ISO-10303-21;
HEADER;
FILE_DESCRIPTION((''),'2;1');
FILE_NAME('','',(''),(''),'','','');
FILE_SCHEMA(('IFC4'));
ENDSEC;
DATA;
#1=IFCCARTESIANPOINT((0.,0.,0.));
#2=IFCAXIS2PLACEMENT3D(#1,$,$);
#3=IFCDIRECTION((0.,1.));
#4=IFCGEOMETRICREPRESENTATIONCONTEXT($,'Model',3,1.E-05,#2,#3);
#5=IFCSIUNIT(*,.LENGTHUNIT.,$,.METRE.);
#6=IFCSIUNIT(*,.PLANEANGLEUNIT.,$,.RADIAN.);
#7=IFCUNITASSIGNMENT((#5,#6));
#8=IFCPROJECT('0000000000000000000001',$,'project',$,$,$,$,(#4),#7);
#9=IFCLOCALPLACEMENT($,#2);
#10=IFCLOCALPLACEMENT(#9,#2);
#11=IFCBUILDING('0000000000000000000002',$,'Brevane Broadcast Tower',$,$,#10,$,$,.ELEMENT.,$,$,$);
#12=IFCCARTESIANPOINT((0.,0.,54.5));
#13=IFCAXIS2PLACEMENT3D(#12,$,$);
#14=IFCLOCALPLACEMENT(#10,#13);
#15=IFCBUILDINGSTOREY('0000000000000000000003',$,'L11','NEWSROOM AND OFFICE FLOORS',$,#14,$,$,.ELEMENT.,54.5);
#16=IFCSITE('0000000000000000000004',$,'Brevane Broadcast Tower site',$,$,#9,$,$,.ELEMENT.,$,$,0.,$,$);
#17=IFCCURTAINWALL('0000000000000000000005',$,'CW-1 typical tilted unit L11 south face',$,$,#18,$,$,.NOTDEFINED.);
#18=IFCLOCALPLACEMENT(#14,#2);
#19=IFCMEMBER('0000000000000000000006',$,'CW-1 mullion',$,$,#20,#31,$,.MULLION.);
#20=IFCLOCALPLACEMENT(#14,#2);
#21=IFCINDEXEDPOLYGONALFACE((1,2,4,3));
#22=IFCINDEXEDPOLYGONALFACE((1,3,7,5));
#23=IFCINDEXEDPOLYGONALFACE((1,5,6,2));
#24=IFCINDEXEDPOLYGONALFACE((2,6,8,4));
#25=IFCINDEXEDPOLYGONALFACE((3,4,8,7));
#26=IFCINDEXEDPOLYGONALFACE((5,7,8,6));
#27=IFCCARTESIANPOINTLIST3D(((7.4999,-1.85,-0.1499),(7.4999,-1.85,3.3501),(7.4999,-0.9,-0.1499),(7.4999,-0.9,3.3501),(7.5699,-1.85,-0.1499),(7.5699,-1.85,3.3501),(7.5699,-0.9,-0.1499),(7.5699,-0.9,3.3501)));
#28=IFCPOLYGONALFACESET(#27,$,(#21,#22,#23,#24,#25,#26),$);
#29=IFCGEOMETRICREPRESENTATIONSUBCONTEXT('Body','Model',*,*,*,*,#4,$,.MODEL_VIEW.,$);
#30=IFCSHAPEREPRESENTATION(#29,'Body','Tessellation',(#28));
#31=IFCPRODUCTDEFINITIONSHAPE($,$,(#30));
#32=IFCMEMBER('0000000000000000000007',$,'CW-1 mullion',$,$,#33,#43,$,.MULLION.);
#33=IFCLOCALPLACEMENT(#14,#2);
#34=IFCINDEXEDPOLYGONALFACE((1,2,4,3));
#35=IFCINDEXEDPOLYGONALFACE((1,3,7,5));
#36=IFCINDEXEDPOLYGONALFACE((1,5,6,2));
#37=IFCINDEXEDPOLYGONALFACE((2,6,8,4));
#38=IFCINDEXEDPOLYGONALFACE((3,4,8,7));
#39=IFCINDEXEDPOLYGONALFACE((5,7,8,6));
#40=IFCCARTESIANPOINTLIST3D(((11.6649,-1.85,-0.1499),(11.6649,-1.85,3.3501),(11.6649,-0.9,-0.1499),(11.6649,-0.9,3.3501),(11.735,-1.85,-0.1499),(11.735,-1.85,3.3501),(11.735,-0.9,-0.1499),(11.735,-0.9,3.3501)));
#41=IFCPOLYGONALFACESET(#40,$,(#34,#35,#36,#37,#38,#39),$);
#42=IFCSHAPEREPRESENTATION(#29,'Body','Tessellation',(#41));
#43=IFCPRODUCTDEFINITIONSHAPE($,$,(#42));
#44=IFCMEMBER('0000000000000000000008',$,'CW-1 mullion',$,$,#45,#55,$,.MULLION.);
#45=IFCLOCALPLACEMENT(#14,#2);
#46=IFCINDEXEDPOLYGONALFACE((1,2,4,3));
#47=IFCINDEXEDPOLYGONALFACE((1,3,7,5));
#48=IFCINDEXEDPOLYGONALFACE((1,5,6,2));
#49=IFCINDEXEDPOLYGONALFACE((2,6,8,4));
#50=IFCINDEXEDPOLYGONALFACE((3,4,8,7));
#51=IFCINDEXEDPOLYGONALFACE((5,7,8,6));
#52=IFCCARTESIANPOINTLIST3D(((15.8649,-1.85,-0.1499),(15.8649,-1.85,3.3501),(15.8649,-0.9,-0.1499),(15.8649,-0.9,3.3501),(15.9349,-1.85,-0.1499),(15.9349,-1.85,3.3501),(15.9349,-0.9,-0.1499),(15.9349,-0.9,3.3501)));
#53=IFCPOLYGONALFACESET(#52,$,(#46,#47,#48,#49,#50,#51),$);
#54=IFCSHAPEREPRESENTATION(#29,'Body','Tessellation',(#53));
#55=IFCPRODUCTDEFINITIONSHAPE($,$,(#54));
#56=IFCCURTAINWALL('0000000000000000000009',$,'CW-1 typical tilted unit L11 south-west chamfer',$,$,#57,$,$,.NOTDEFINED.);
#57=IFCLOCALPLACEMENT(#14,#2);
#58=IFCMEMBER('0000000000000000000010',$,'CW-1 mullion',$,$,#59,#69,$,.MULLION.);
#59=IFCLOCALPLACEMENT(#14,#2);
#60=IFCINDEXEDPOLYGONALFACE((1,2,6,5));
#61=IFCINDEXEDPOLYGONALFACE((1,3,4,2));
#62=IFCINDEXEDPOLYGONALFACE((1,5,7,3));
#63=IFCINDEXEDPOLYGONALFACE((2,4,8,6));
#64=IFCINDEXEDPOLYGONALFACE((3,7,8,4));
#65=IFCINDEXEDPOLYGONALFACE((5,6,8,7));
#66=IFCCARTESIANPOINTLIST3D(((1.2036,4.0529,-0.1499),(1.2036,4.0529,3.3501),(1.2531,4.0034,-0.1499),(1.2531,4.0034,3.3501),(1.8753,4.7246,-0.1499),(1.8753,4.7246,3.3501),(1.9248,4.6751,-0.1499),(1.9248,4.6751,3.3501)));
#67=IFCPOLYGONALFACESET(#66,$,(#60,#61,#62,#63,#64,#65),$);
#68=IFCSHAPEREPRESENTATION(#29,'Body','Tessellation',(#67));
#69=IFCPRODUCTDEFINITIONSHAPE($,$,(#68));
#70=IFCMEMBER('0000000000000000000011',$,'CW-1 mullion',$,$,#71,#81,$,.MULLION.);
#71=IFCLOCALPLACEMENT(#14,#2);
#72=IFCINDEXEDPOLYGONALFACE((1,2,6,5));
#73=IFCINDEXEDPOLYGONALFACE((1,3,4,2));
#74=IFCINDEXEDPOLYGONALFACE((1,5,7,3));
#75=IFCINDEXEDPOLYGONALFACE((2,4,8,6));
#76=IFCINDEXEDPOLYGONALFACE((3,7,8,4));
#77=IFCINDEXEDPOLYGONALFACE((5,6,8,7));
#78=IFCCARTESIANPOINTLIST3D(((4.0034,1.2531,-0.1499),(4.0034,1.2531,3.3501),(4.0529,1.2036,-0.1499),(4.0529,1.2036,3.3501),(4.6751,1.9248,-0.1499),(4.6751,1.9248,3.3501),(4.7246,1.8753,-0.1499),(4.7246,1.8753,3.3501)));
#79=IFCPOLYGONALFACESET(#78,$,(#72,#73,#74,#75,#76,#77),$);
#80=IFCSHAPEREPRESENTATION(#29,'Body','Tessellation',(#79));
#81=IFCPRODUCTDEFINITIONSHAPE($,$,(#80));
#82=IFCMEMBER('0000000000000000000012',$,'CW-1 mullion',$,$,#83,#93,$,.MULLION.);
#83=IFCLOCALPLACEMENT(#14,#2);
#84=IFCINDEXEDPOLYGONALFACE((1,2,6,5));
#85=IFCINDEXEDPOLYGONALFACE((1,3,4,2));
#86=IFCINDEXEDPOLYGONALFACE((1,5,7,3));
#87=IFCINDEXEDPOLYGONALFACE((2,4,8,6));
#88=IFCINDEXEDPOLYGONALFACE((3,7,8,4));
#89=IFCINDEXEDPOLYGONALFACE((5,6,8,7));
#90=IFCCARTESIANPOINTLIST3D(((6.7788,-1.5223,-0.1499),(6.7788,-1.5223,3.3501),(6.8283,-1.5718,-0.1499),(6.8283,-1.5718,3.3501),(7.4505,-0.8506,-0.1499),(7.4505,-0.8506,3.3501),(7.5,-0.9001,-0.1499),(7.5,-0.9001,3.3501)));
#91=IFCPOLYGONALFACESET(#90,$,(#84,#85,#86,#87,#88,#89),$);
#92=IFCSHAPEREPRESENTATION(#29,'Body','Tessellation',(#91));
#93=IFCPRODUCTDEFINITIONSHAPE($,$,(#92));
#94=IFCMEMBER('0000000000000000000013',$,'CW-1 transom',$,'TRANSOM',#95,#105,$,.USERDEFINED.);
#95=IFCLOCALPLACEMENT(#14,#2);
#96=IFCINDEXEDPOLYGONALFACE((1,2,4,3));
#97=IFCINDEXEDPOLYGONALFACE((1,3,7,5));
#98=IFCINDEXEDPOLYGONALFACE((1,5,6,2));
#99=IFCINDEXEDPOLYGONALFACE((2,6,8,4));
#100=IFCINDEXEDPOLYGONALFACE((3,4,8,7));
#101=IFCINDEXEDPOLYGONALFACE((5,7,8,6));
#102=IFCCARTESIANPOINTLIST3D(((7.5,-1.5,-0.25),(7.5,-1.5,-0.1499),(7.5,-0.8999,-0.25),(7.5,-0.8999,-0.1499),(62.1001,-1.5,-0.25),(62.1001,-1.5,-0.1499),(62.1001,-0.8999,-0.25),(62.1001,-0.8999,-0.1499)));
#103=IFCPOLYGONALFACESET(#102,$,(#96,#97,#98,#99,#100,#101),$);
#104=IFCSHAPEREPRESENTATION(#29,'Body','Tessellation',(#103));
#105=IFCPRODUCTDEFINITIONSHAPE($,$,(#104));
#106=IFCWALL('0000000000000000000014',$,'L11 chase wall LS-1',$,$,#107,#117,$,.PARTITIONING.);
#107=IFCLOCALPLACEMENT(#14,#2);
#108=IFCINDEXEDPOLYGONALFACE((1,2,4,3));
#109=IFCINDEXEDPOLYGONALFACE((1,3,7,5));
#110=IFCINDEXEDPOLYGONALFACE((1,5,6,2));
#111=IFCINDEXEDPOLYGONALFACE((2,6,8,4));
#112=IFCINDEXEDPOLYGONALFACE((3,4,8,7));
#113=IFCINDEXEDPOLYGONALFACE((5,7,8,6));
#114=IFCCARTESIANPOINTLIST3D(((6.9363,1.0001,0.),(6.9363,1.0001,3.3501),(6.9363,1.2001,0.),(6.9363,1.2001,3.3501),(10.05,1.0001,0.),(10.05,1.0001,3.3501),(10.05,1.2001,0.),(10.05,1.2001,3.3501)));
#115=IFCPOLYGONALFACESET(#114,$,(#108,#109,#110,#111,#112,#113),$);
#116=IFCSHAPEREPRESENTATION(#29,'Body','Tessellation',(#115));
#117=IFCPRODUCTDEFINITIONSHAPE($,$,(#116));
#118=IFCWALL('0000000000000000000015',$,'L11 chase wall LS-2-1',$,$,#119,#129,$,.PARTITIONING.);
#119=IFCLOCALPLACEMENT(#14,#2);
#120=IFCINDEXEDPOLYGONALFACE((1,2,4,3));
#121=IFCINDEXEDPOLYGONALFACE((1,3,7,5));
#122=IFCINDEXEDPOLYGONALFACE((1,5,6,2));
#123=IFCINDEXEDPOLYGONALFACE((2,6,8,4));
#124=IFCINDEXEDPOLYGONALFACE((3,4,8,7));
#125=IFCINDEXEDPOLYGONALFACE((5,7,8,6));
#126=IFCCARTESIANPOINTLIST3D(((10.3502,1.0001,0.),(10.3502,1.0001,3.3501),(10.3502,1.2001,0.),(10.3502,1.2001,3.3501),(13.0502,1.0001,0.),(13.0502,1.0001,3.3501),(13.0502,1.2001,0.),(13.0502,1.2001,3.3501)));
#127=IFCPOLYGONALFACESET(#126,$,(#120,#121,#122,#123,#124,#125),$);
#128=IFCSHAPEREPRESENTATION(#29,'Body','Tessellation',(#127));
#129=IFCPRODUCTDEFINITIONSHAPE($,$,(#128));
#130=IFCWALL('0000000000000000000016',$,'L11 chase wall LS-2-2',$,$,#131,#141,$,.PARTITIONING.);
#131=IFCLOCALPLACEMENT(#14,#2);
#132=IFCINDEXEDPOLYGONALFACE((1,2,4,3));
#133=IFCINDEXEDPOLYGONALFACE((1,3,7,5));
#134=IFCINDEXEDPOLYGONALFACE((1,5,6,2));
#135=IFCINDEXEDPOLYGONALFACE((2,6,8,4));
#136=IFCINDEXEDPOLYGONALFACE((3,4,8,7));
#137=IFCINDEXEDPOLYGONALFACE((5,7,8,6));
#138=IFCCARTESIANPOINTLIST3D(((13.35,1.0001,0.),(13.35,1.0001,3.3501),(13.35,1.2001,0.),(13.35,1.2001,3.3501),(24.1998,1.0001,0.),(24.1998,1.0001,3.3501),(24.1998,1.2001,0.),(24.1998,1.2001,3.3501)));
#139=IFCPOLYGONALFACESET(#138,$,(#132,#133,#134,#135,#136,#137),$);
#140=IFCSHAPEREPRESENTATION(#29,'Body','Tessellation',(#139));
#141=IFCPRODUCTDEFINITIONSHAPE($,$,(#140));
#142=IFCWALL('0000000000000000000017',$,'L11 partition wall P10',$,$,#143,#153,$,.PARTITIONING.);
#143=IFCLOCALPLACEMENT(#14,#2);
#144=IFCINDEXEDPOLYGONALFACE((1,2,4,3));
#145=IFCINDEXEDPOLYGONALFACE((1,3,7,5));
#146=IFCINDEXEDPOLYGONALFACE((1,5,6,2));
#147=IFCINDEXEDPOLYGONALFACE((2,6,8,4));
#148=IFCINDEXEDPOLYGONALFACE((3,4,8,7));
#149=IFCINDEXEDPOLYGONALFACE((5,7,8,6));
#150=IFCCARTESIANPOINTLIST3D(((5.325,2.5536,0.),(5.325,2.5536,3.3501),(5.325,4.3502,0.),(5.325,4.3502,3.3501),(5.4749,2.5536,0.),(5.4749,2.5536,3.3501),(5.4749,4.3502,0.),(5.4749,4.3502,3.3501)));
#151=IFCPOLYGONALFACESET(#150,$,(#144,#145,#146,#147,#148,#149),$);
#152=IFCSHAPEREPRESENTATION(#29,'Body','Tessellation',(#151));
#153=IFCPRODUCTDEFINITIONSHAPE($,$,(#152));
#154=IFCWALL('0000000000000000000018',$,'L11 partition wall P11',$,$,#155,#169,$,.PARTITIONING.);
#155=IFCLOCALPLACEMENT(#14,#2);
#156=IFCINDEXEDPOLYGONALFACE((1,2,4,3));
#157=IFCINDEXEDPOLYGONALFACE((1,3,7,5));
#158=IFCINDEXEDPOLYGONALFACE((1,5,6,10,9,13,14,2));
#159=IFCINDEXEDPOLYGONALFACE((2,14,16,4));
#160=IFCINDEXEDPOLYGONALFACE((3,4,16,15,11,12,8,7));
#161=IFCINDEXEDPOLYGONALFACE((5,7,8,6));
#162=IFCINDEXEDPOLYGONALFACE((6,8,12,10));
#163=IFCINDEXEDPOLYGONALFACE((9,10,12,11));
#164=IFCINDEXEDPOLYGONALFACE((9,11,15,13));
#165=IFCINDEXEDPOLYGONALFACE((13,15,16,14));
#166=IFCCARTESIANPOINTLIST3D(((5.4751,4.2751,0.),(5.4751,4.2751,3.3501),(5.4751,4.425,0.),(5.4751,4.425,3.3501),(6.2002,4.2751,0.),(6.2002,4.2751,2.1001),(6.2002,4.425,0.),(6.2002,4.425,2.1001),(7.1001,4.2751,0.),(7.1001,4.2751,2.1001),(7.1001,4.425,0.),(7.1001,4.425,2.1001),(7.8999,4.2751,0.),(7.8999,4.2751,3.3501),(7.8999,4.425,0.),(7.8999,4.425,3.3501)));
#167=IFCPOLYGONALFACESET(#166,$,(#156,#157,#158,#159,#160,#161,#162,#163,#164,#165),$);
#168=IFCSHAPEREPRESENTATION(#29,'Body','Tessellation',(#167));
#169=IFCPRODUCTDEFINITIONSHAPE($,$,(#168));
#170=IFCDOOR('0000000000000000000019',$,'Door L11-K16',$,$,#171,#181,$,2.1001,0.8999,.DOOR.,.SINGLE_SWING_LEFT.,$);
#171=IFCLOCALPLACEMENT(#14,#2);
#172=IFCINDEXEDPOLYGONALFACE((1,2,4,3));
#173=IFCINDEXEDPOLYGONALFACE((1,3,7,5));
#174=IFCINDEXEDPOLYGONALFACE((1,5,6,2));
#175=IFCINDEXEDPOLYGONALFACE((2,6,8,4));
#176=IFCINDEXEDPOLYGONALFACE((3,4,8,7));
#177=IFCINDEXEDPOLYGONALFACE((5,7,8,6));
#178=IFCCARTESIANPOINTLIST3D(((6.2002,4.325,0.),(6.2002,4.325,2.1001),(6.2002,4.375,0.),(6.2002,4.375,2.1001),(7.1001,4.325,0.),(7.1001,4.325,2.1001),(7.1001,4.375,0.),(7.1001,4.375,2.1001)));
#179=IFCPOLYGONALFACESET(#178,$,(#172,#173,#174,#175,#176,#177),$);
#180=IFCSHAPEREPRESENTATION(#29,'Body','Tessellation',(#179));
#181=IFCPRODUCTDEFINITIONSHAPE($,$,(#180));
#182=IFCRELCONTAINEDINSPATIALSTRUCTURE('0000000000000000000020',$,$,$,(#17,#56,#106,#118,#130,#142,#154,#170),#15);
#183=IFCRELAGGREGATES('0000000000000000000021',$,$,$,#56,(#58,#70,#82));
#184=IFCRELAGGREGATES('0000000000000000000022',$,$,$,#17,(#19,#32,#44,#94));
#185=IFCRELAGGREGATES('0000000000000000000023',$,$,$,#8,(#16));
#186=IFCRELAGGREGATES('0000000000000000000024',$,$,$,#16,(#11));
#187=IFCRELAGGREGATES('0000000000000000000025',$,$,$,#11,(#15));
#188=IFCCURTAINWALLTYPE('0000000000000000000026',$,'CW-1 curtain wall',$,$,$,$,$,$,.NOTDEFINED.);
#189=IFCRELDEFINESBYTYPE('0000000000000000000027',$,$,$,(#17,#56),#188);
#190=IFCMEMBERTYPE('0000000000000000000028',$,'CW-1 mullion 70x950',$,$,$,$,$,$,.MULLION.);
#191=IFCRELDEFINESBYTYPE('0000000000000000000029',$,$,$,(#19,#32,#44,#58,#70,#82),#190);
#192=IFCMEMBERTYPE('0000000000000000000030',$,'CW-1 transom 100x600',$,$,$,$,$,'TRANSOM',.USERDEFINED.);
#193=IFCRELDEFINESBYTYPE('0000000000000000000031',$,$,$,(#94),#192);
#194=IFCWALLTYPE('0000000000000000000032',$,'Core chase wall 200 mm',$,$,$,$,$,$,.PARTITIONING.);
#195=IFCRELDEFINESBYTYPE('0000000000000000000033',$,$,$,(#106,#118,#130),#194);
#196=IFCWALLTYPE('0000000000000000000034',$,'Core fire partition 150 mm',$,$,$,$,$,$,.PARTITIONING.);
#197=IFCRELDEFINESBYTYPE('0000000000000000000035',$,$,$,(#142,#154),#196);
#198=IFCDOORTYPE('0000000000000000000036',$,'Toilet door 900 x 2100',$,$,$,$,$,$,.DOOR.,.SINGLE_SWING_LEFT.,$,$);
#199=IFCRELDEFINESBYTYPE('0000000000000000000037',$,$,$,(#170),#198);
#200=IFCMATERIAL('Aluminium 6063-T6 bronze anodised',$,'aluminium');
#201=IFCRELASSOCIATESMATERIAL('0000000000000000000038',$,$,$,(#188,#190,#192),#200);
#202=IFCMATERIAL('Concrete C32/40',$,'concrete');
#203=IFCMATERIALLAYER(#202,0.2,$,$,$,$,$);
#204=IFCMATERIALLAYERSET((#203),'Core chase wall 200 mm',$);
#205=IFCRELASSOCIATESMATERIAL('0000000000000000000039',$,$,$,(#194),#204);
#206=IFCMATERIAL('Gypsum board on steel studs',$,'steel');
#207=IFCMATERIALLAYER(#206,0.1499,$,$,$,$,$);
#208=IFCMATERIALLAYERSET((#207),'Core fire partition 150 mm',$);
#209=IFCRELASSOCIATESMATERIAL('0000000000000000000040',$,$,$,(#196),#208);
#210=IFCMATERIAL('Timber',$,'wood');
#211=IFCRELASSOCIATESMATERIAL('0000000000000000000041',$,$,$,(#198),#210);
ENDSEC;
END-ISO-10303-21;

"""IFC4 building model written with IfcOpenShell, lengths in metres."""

from ifc_helpers import new_model, si_unit, direction, frame, frame_2d, origin, origin_2d, place, context, subcontext, project, spatial, rectangle, extrude, material, layer, layer_set, material_profile, profile_set, type_object, element, fill, aggregate, save


model = new_model("IFC4")

# Units and contexts
model_context = context("Model", 3, precision=1e-05, world=origin(), true_north=direction((0.0, 1.0)))
body_context = subcontext(model_context, "Body", "Model", "MODEL_VIEW")
ifc_project = project(units=[si_unit("LENGTHUNIT", "METRE"), si_unit("PLANEANGLEUNIT", "RADIAN")], contexts=[model_context])

# Site, building, storey
site_placement = place(None, origin())
site = spatial("IfcSite", under=ifc_project, at=site_placement, Name="Brevane Broadcast Tower site", CompositionType="ELEMENT", RefElevation=0.0)
building_placement = place(site_placement, origin())
building = spatial("IfcBuilding", under=site, at=building_placement, Name="Brevane Broadcast Tower", CompositionType="ELEMENT")
storey_placement = place(building_placement, frame((0.0, 0.0, 54.5)))
storey = spatial("IfcBuildingStorey", under=building, at=storey_placement, Name="L11", Description="NEWSROOM AND OFFICE FLOORS", CompositionType="ELEMENT", Elevation=54.5)

# Curtain walls, members
ifc_material_1 = material(Name="Aluminium 6063-T6 bronze anodised", Category="aluminium")
curtain_wall_type = type_object("IfcCurtainWallType", Name="CW-1 curtain wall", PredefinedType="NOTDEFINED", material=ifc_material_1)
curtain_wall_1_placement = place(storey_placement, origin())
curtain_wall_1 = element("IfcCurtainWall", 1, at=curtain_wall_1_placement, inside=storey, type_object=curtain_wall_type, Name="CW-1 typical tilted unit L11 south face", PredefinedType="NOTDEFINED")
ifc_material_profile_1 = material_profile(ifc_material_1, rectangle(XDim=0.95, YDim=0.0701, at=origin_2d()), Name="RECT 70x950")
ifc_profile_set_1 = profile_set([ifc_material_profile_1], Name="Aluminium 6063-T6 bronze anodised")
member_type_1 = type_object("IfcMemberType", Name="CW-1 mullion 70x950", PredefinedType="MULLION", material=ifc_profile_set_1)
member_1_placement = place(storey_placement, frame((7.5349, -1.375, -0.1499), z_axis=(0.0, 0.0, 1.0), x_axis=(0.0, 1.0, 0.0)))
member_1 = element("IfcMember", 2, at=member_1_placement, type_object=member_type_1, Name="CW-1 mullion", PredefinedType="MULLION", context=body_context, shape_type="SweptSolid", body=[
    extrude(rectangle(XDim=0.95, YDim=0.0701, at=origin_2d()), origin(), (0.0, 0.0, 1.0), 3.5),
])
member_2_placement = place(storey_placement, frame((11.7, -1.375, -0.1499), z_axis=(0.0, 0.0, 1.0), x_axis=(0.0, 1.0, 0.0)))
member_2 = element("IfcMember", 3, at=member_2_placement, type_object=member_type_1, Name="CW-1 mullion", PredefinedType="MULLION", context=body_context, shape_type="SweptSolid", body=[
    extrude(rectangle(XDim=0.95, YDim=0.0701, at=origin_2d()), origin(), (0.0, 0.0, 1.0), 3.5),
])
member_3_placement = place(storey_placement, frame((15.8999, -1.375, -0.1499), z_axis=(0.0, 0.0, 1.0), x_axis=(0.0, 1.0, 0.0)))
member_3 = element("IfcMember", 4, at=member_3_placement, type_object=member_type_1, Name="CW-1 mullion", PredefinedType="MULLION", context=body_context, shape_type="SweptSolid", body=[
    extrude(rectangle(XDim=0.95, YDim=0.0701, at=origin_2d()), origin(), (0.0, 0.0, 1.0), 3.5),
])
curtain_wall_2_placement = place(storey_placement, origin())
curtain_wall_2 = element("IfcCurtainWall", 5, at=curtain_wall_2_placement, inside=storey, type_object=curtain_wall_type, Name="CW-1 typical tilted unit L11 south-west chamfer", PredefinedType="NOTDEFINED")
member_4_placement = place(storey_placement, frame((1.5642, 4.364, -0.1499), z_axis=(0.0, 0.0, 1.0), x_axis=(0.707107, 0.707107, 0.0)))
member_4 = element("IfcMember", 6, at=member_4_placement, type_object=member_type_1, Name="CW-1 mullion", PredefinedType="MULLION", context=body_context, shape_type="SweptSolid", body=[
    extrude(rectangle(XDim=0.95, YDim=0.0701, at=origin_2d()), origin(), (0.0, 0.0, 1.0), 3.5),
])
member_5_placement = place(storey_placement, frame((4.364, 1.5642, -0.1499), z_axis=(0.0, 0.0, 1.0), x_axis=(0.707107, 0.707107, 0.0)))
member_5 = element("IfcMember", 7, at=member_5_placement, type_object=member_type_1, Name="CW-1 mullion", PredefinedType="MULLION", context=body_context, shape_type="SweptSolid", body=[
    extrude(rectangle(XDim=0.95, YDim=0.0701, at=origin_2d()), origin(), (0.0, 0.0, 1.0), 3.5),
])
member_6_placement = place(storey_placement, frame((7.1394, -1.2112, -0.1499), z_axis=(0.0, 0.0, 1.0), x_axis=(0.707107, 0.707107, 0.0)))
member_6 = element("IfcMember", 8, at=member_6_placement, type_object=member_type_1, Name="CW-1 mullion", PredefinedType="MULLION", context=body_context, shape_type="SweptSolid", body=[
    extrude(rectangle(XDim=0.95, YDim=0.0701, at=origin_2d()), origin(), (0.0, 0.0, 1.0), 3.5),
])
aggregate(curtain_wall_2, [member_4, member_5, member_6])

# Member
ifc_material_profile_2 = material_profile(ifc_material_1, rectangle(XDim=0.6001, YDim=0.1001, at=origin_2d()), Name="RECT 100x600")
ifc_profile_set_2 = profile_set([ifc_material_profile_2], Name="Aluminium 6063-T6 bronze anodised")
member_type_2 = type_object("IfcMemberType", Name="CW-1 transom 100x600", ElementType="TRANSOM", PredefinedType="USERDEFINED", material=ifc_profile_set_2)
member_7_placement = place(storey_placement, frame((7.5, -1.2, -0.2), z_axis=(1.0, 0.0, 0.0), x_axis=(0.0, 1.0, 0.0)))
member_7 = element("IfcMember", 9, at=member_7_placement, type_object=member_type_2, Name="CW-1 transom", ObjectType="TRANSOM", PredefinedType="USERDEFINED", context=body_context, shape_type="SweptSolid", body=[
    extrude(rectangle(XDim=0.6001, YDim=0.1001, at=origin_2d()), origin(), (0.0, 0.0, 1.0), 54.6001),
])
aggregate(curtain_wall_1, [member_1, member_2, member_3, member_7])

# Walls
ifc_material_2 = material(Name="Concrete C32/40", Category="concrete")
ifc_layer_1 = layer(ifc_material_2, 0.2)
ifc_layer_set_1 = layer_set([ifc_layer_1], Name="Core chase wall 200 mm")
wall_type_1 = type_object("IfcWallType", Name="Core chase wall 200 mm", PredefinedType="PARTITIONING", material=ifc_layer_set_1)
wall_1_placement = place(storey_placement, frame((6.9363, 1.1001, 0.0), z_axis=(0.0, 0.0, 1.0), x_axis=(1.0, 0.0, 0.0)))
element("IfcWall", 10, at=wall_1_placement, inside=storey, type_object=wall_type_1, Name="L11 chase wall LS-1", PredefinedType="PARTITIONING", context=body_context, shape_type="SweptSolid", body=[
    extrude(rectangle(XDim=3.1138, YDim=0.2, at=frame_2d((1.5569, 0.0))), origin(), (0.0, 0.0, 1.0), 3.3501),
])
wall_2_placement = place(storey_placement, frame((10.3501, 1.1001, 0.0), z_axis=(0.0, 0.0, 1.0), x_axis=(1.0, 0.0, 0.0)))
element("IfcWall", 11, at=wall_2_placement, inside=storey, type_object=wall_type_1, Name="L11 chase wall LS-2-1", PredefinedType="PARTITIONING", context=body_context, shape_type="SweptSolid", body=[
    extrude(rectangle(XDim=2.7, YDim=0.2, at=frame_2d((1.3501, 0.0))), origin(), (0.0, 0.0, 1.0), 3.3501),
])
wall_3_placement = place(storey_placement, frame((13.3501, 1.1001, 0.0), z_axis=(0.0, 0.0, 1.0), x_axis=(1.0, 0.0, 0.0)))
element("IfcWall", 12, at=wall_3_placement, inside=storey, type_object=wall_type_1, Name="L11 chase wall LS-2-2", PredefinedType="PARTITIONING", context=body_context, shape_type="SweptSolid", body=[
    extrude(rectangle(XDim=10.8499, YDim=0.2, at=frame_2d((5.4248, 0.0))), origin(), (0.0, 0.0, 1.0), 3.3501),
])
ifc_material_3 = material(Name="Gypsum board on steel studs", Category="steel")
ifc_layer_2 = layer(ifc_material_3, 0.1499)
ifc_layer_set_2 = layer_set([ifc_layer_2], Name="Core fire partition 150 mm")
wall_type_2 = type_object("IfcWallType", Name="Core fire partition 150 mm", PredefinedType="PARTITIONING", material=ifc_layer_set_2)
wall_4_placement = place(storey_placement, frame((5.3999, 2.5535, 0.0), z_axis=(0.0, 0.0, 1.0), x_axis=(0.0, 1.0, 0.0)))
element("IfcWall", 13, at=wall_4_placement, inside=storey, type_object=wall_type_2, Name="L11 partition wall P10", PredefinedType="PARTITIONING", context=body_context, shape_type="SweptSolid", body=[
    extrude(rectangle(XDim=1.7966, YDim=0.1499, at=frame_2d((0.8984, 0.0))), origin(), (0.0, 0.0, 1.0), 3.3501),
])

# Wall, opening, door
wall_5_placement = place(storey_placement, frame((5.4751, 4.3501, 0.0), z_axis=(0.0, 0.0, 1.0), x_axis=(1.0, 0.0, 0.0)))
wall_5 = element("IfcWall", 14, at=wall_5_placement, inside=storey, type_object=wall_type_2, Name="L11 partition wall P11", PredefinedType="PARTITIONING", context=body_context, shape_type="SweptSolid", body=[
    extrude(rectangle(XDim=2.4248, YDim=0.1499, at=frame_2d((1.2124, 0.0))), origin(), (0.0, 0.0, 1.0), 3.3501),
])
opening_1_placement = place(wall_5_placement, frame((0.7251, 0.0, 0.0)))
opening_1 = element("IfcOpeningElement", 15, at=opening_1_placement, cuts=wall_5, PredefinedType="OPENING", context=body_context, shape_type="SweptSolid", body=[
    extrude(rectangle(XDim=0.8999, YDim=2.1001, at=frame_2d((0.45, 1.05))), frame((0.0, 0.085, 0.0), z_axis=(0.0, -1.0, 0.0), x_axis=(1.0, 0.0, 0.0)), (0.0, 0.0, 1.0), 0.1699),
])
ifc_material_4 = material(Name="Timber", Category="wood")
door_type_1 = type_object("IfcDoorType", Name="Toilet door 900 x 2100", OperationType="SINGLE_SWING_LEFT", PredefinedType="DOOR", material=ifc_material_4)
door_1_placement = place(opening_1_placement, origin())
door_1 = element("IfcDoor", 16, at=door_1_placement, inside=storey, type_object=door_type_1, Name="Door L11-K16", OperationType="SINGLE_SWING_LEFT", OverallHeight=2.1001, OverallWidth=0.8999, PredefinedType="DOOR", context=body_context, shape_type="SweptSolid", body=[
    extrude(rectangle(XDim=0.8999, YDim=2.1001, at=frame_2d((0.45, 1.05))), frame((0.0, 0.0249, 0.0), z_axis=(0.0, -1.0, 0.0), x_axis=(1.0, 0.0, 0.0)), (0.0, 0.0, 1.0), 0.05),
])
fill(opening_1, door_1)

save(model, "model.ifc")
